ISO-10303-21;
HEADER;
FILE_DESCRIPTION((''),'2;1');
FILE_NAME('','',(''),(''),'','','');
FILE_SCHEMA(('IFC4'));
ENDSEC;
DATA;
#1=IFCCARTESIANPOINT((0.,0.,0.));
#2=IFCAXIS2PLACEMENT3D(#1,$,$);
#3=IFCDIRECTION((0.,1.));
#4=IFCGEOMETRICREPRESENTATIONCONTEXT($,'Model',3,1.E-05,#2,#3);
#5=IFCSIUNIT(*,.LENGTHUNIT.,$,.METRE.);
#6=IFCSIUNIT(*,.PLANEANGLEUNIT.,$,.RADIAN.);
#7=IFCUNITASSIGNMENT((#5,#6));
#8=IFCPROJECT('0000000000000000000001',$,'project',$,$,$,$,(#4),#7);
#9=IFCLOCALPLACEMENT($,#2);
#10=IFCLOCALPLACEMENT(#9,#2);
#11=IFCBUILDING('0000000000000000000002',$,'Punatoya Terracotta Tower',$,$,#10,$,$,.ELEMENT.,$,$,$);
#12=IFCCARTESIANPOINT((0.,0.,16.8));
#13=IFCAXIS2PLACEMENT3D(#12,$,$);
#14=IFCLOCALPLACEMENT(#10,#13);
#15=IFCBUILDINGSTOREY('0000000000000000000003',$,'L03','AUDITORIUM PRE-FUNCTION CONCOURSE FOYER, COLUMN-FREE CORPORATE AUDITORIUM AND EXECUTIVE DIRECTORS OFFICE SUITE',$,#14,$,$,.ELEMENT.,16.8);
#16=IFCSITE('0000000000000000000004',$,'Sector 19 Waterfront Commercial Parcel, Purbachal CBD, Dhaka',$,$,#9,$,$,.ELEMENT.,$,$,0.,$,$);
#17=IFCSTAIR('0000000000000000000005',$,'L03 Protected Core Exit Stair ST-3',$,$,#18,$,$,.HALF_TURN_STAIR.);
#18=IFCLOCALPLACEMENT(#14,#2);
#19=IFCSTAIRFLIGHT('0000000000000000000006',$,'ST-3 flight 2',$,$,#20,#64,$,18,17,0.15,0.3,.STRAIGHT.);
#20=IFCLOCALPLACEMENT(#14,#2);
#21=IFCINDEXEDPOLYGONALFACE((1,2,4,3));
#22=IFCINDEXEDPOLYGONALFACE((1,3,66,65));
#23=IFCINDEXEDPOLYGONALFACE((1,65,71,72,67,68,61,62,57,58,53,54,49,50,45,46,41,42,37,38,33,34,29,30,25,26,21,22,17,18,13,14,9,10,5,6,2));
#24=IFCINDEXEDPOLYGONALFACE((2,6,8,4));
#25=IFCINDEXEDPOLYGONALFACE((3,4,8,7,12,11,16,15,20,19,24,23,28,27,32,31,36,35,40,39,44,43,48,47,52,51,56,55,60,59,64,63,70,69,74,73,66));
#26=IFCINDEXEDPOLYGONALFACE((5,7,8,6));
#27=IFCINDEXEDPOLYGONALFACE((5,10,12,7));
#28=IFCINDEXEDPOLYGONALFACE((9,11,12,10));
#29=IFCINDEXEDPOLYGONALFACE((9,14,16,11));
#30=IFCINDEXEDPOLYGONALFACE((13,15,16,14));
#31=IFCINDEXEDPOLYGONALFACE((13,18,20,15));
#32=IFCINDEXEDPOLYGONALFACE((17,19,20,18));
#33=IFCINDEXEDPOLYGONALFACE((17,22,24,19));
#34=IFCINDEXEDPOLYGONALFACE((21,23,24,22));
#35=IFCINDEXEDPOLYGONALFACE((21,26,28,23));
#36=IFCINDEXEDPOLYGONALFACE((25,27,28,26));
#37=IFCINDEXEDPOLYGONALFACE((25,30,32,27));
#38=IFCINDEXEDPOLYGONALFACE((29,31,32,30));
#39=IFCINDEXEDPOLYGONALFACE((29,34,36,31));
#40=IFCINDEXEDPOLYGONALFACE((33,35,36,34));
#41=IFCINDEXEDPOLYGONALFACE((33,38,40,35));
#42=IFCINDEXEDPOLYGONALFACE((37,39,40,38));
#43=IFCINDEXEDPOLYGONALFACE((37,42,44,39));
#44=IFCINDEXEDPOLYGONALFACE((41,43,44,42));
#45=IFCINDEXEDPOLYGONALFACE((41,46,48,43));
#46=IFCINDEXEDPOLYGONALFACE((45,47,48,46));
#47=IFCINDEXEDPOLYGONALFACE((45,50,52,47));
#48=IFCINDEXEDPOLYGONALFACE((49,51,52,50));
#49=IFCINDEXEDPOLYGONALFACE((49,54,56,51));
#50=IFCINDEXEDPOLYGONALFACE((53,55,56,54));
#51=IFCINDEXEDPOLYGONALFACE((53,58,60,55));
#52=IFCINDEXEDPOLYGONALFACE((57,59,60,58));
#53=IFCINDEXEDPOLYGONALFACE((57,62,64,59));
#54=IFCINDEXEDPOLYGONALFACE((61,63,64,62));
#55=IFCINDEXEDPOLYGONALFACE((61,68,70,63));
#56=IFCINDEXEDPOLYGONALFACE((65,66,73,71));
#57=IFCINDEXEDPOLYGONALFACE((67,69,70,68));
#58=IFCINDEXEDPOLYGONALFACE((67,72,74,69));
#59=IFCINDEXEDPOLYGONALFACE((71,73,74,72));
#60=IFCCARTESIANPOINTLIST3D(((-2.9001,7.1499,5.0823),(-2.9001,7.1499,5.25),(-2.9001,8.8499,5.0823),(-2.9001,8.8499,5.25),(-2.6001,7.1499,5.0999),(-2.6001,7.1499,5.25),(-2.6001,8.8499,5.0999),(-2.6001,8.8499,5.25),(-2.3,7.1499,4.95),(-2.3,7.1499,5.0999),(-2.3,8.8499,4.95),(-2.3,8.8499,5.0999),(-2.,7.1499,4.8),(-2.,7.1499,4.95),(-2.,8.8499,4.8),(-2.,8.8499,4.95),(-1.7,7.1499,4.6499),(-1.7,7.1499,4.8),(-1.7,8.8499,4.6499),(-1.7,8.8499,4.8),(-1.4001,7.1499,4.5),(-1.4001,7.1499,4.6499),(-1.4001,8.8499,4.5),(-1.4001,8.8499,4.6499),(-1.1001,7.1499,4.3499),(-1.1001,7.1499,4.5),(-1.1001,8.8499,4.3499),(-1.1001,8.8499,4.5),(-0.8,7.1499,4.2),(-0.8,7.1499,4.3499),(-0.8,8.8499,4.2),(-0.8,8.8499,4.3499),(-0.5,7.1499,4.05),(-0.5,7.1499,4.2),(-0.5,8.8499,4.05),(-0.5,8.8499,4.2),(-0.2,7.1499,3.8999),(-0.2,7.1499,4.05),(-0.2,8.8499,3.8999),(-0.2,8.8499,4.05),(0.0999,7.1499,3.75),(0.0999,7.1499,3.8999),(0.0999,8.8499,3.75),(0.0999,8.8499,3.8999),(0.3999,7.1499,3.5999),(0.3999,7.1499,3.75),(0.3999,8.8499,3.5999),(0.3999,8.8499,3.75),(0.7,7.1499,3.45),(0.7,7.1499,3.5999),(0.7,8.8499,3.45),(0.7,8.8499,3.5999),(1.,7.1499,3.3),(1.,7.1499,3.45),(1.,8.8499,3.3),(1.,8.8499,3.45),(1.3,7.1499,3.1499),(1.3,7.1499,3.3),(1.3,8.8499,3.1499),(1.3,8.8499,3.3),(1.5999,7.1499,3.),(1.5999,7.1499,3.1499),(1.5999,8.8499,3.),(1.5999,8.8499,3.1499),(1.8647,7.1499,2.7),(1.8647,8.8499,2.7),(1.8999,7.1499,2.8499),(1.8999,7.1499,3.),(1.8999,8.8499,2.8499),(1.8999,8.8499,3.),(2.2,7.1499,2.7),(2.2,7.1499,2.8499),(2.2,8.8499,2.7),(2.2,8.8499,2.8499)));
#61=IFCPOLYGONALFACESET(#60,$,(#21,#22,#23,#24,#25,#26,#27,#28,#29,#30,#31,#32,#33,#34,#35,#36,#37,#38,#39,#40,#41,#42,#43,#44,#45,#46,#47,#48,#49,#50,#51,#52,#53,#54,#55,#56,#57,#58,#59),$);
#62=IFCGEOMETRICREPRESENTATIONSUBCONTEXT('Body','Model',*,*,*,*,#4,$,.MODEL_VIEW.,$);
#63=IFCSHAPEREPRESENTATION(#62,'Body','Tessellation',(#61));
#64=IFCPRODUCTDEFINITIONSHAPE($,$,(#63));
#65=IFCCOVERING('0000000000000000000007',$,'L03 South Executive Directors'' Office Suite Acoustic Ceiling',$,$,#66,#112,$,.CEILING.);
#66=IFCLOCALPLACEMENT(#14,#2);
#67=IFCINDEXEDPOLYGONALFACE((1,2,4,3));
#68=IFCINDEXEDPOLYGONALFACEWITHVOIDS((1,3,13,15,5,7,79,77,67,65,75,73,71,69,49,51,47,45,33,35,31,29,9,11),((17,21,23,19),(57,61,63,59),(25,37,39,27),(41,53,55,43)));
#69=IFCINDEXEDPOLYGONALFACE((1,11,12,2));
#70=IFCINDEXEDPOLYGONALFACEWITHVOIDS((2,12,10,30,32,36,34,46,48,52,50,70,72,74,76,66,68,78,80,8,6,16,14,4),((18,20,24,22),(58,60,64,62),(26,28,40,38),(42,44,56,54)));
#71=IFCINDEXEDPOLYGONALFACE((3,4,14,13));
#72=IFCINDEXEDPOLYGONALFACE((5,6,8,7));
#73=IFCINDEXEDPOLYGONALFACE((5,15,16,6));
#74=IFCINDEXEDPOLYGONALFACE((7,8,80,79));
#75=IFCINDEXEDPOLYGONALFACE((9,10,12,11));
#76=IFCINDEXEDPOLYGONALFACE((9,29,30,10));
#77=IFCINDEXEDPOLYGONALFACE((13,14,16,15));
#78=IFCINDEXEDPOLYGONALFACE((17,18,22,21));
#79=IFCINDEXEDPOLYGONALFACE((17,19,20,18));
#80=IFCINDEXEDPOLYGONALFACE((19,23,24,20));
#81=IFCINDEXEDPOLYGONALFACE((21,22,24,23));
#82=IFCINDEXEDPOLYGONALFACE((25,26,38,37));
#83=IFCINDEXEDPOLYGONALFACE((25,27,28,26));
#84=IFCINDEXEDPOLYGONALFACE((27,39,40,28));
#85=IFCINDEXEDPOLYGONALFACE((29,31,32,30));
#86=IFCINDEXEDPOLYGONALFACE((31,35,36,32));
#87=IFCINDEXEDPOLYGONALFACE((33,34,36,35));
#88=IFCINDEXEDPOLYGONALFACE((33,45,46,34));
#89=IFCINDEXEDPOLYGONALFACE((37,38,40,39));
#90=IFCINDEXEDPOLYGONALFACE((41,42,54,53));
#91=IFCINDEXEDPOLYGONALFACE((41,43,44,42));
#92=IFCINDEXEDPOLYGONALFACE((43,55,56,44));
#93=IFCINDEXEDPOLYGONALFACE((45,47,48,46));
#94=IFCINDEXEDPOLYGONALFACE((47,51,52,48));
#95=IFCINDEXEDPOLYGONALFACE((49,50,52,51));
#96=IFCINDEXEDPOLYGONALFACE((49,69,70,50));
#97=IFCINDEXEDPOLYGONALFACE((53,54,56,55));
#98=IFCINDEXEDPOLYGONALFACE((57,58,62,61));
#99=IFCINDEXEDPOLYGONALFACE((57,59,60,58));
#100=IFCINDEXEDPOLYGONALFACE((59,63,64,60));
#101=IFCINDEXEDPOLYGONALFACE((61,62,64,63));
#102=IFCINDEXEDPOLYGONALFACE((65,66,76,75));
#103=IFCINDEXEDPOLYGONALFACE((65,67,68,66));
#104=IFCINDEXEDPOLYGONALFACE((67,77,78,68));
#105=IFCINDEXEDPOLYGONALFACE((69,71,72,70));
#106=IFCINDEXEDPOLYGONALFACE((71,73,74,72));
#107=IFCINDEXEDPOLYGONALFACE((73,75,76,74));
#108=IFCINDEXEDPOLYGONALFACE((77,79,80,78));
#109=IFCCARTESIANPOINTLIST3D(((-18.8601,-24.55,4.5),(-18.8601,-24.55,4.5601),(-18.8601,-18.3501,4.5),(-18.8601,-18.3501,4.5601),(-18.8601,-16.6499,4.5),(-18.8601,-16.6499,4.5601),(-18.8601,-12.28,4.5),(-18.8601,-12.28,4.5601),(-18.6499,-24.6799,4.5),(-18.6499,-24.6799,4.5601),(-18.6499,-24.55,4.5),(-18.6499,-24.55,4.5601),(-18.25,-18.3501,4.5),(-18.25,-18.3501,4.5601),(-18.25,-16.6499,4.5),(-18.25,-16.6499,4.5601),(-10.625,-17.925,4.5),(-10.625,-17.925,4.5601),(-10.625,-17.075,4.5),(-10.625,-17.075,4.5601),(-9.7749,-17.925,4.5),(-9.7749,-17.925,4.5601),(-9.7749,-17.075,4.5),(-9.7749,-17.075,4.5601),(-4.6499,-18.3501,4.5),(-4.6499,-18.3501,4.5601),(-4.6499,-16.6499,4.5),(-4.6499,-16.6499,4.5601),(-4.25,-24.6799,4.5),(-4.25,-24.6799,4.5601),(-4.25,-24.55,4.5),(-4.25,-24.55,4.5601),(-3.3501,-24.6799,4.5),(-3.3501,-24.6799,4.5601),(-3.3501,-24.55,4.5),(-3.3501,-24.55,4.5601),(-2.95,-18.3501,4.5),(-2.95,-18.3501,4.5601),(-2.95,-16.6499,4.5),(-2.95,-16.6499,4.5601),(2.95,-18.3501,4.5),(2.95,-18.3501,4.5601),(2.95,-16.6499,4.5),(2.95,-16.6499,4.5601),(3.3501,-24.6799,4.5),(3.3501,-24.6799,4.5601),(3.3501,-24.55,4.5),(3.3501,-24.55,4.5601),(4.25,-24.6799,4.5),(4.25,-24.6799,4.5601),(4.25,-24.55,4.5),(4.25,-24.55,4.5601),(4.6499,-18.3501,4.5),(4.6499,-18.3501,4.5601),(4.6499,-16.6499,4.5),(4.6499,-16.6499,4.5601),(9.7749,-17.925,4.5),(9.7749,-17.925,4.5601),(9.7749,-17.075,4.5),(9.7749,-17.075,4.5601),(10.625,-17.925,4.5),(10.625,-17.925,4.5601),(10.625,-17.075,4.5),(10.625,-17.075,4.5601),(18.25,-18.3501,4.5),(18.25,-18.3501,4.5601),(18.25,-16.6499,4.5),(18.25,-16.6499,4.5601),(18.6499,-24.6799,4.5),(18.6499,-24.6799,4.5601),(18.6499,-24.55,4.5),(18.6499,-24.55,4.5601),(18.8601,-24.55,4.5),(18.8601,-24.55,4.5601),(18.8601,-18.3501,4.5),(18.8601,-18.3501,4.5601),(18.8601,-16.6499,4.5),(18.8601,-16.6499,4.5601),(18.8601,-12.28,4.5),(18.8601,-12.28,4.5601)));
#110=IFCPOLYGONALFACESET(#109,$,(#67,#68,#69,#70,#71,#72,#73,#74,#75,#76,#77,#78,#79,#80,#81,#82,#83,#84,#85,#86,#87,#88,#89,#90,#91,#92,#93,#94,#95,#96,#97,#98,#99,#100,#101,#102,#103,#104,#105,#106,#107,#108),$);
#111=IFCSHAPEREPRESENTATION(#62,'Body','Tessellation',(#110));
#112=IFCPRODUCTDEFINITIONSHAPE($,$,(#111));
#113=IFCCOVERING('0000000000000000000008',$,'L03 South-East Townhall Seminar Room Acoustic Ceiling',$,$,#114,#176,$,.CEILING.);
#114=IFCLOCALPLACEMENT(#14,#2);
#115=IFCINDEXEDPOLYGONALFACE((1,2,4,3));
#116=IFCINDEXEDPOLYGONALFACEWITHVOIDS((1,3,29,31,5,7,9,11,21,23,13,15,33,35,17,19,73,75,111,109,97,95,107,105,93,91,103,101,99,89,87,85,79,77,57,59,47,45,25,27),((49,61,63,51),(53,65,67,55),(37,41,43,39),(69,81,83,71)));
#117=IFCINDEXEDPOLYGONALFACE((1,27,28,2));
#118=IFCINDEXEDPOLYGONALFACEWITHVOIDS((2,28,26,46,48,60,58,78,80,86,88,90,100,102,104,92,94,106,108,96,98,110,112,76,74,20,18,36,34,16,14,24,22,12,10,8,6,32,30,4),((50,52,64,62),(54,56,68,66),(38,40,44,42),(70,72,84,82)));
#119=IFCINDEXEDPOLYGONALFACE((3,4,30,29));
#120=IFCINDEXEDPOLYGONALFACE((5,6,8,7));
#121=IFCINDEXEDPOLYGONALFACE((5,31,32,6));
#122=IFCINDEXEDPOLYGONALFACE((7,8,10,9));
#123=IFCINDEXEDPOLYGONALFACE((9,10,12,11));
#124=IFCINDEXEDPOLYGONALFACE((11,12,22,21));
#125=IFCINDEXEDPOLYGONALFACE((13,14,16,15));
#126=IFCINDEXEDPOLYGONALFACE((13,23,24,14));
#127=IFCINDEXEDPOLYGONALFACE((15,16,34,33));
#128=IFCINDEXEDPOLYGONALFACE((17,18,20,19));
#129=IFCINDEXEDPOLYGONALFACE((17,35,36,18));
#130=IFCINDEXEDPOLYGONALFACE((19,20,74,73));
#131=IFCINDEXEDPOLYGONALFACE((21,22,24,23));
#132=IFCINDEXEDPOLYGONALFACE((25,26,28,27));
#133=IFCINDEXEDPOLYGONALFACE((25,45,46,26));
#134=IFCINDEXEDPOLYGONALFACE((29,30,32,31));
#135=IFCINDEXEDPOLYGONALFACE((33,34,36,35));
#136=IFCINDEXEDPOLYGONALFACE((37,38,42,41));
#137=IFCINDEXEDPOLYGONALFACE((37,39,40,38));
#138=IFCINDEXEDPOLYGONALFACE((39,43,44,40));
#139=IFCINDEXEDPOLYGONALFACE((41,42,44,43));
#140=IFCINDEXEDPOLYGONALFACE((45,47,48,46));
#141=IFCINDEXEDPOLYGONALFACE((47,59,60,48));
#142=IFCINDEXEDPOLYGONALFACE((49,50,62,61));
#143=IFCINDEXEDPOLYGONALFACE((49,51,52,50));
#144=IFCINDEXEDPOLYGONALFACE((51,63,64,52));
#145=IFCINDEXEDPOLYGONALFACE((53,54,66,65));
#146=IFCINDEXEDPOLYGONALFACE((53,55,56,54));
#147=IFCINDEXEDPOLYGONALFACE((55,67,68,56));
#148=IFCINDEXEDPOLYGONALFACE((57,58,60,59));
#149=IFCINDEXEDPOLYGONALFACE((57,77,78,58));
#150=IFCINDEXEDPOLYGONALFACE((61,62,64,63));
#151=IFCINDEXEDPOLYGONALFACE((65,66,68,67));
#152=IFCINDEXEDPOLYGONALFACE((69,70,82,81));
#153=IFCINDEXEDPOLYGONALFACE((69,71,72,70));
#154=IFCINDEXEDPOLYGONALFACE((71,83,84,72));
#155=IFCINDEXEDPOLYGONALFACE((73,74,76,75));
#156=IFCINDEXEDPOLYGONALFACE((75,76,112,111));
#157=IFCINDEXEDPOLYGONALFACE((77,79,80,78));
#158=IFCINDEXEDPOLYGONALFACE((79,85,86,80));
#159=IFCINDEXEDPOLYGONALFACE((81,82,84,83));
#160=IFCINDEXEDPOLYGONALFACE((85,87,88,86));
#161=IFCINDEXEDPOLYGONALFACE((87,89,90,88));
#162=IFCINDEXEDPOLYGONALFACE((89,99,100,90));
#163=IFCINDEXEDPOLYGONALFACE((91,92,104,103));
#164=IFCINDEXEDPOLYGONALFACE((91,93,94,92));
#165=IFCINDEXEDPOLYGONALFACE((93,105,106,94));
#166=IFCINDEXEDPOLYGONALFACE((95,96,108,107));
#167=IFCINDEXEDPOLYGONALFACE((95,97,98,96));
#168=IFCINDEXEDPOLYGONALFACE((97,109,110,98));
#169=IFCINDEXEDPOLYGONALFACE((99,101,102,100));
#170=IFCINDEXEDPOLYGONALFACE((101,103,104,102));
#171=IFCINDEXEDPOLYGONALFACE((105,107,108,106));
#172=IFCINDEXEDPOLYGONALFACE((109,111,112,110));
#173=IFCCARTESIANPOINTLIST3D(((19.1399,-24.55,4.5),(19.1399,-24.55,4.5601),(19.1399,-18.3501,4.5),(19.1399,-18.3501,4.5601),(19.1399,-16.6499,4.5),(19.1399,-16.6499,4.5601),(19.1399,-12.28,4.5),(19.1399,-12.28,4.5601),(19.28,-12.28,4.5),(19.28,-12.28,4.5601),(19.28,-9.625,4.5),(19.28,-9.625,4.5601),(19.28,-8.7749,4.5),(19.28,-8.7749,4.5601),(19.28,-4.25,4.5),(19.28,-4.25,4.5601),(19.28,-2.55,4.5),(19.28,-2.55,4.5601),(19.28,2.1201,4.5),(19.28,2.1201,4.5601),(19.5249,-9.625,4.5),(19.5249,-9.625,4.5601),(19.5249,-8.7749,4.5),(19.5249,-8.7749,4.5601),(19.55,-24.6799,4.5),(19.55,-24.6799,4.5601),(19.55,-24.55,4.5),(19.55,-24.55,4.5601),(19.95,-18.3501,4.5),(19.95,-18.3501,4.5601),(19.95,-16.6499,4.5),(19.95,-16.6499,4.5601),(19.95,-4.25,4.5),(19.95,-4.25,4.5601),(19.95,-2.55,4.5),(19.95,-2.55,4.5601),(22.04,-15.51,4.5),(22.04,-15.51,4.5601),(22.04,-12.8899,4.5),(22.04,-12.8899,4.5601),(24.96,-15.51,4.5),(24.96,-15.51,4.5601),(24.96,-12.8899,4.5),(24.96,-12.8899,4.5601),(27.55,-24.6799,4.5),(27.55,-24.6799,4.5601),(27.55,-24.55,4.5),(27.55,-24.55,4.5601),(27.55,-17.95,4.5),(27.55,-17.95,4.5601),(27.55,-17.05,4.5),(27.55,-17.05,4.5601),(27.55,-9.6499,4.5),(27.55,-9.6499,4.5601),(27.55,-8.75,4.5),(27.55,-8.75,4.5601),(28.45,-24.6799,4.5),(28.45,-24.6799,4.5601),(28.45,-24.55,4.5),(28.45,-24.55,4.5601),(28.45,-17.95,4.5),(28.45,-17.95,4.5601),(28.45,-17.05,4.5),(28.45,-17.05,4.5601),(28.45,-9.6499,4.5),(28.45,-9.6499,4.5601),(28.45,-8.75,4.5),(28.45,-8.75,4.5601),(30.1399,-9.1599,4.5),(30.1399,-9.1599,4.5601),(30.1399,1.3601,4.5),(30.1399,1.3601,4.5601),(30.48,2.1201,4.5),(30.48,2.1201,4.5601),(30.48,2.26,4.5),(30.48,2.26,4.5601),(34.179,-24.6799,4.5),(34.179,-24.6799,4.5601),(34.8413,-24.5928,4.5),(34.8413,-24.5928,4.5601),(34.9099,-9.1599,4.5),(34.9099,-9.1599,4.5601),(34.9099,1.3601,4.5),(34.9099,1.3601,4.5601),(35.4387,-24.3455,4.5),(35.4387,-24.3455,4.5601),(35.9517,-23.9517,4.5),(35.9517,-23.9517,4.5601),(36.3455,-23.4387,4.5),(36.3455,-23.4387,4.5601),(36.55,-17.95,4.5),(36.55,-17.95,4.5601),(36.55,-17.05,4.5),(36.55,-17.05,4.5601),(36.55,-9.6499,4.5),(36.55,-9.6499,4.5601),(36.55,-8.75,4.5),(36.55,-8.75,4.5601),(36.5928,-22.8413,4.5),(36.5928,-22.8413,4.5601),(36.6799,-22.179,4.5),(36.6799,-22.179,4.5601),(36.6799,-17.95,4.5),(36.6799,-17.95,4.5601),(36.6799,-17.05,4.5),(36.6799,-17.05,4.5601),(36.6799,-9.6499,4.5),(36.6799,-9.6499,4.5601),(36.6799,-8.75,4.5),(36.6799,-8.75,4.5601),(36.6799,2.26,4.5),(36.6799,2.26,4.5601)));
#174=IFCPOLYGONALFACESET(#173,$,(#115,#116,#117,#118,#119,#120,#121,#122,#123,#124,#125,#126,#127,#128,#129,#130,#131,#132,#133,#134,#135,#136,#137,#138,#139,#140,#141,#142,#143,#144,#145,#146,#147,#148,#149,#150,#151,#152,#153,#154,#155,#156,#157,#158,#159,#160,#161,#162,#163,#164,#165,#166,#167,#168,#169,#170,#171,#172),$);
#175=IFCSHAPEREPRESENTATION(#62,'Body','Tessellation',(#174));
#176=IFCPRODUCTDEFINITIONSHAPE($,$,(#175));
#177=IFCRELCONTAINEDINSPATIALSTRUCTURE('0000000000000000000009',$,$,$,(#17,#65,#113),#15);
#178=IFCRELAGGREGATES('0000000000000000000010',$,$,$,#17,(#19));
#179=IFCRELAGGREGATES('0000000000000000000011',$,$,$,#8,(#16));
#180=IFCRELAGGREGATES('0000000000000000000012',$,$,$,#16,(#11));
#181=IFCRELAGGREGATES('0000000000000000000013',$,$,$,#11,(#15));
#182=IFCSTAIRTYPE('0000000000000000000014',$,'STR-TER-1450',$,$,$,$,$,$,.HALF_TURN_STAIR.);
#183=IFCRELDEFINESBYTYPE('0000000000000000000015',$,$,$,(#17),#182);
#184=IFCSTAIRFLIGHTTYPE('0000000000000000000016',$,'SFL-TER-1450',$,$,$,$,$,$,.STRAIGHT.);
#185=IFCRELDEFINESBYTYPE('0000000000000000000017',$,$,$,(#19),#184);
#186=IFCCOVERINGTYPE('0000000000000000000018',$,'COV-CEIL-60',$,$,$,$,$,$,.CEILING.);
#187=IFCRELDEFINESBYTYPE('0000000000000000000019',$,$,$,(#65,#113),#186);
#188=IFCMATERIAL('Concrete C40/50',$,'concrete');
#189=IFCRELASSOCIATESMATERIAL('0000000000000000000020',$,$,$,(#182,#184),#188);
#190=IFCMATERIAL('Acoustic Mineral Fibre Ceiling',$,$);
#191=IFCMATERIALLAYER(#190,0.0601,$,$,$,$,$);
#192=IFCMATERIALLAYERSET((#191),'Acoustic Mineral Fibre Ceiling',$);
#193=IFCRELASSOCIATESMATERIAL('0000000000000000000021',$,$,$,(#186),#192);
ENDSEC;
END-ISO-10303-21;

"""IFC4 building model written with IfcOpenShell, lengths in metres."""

from ifc_helpers import new_model, si_unit, direction, frame, origin, place, context, subcontext, project, spatial, polyline, outline, extrude, material, layer, layer_set, type_object, element, aggregate, save


model = new_model("IFC4")

# Units and contexts
model_context = context("Model", 3, precision=1e-05, world=origin(), true_north=direction((0.0, 1.0)))
body_context = subcontext(model_context, "Body", "Model", "MODEL_VIEW")
ifc_project = project(units=[si_unit("LENGTHUNIT", "METRE"), si_unit("PLANEANGLEUNIT", "RADIAN")], contexts=[model_context])

# Site, building, storey
site_placement = place(None, origin())
site = spatial("IfcSite", under=ifc_project, at=site_placement, Name="Sector 19 Waterfront Commercial Parcel, Purbachal CBD, Dhaka", CompositionType="ELEMENT", RefElevation=0.0)
building_placement = place(site_placement, origin())
building = spatial("IfcBuilding", under=site, at=building_placement, Name="Punatoya Terracotta Tower", CompositionType="ELEMENT")
storey_placement = place(building_placement, frame((0.0, 0.0, 16.8)))
storey = spatial("IfcBuildingStorey", under=building, at=storey_placement, Name="L03", Description="AUDITORIUM PRE-FUNCTION CONCOURSE FOYER, COLUMN-FREE CORPORATE AUDITORIUM AND EXECUTIVE DIRECTORS OFFICE SUITE", CompositionType="ELEMENT", Elevation=16.8)

# Shared definitions
ifc_material_1 = material(Name="Concrete C40/50", Category="concrete")

# Stair, stair flight
stair_type_1 = type_object("IfcStairType", Name="STR-TER-1450", PredefinedType="HALF_TURN_STAIR", material=ifc_material_1)
stair_1_placement = place(storey_placement, origin())
stair_1 = element("IfcStair", 1, at=stair_1_placement, inside=storey, type_object=stair_type_1, Name="L03 Protected Core Exit Stair ST-3", PredefinedType="HALF_TURN_STAIR")
stair_flight_type_1 = type_object("IfcStairFlightType", Name="SFL-TER-1450", PredefinedType="STRAIGHT", material=ifc_material_1)
stair_flight_1_placement = place(storey_placement, frame((2.2, 8.0, 2.7), z_axis=(0.0, 0.0, 1.0), x_axis=(-1.0, 0.0, 0.0)))
stair_flight_1 = element("IfcStairFlight", 2, at=stair_flight_1_placement, type_object=stair_flight_type_1, Name="ST-3 flight 2", NumberOfRisers=18, NumberOfTreads=17, PredefinedType="STRAIGHT", RiserHeight=0.15, TreadLength=0.3, context=body_context, shape_type="SweptSolid", body=[
    extrude(outline(polyline([(0.0, 0.0), (0.0, 0.1499), (0.3, 0.1499), (0.3, 0.3), (0.6001, 0.3), (0.6001, 0.45), (0.8999, 0.45), (0.8999, 0.6001), (1.2, 0.6001), (1.2, 0.75), (1.5, 0.75), (1.5, 0.8999), (1.8, 0.8999), (1.8, 1.05), (2.1001, 1.05), (2.1001, 1.2), (2.3999, 1.2), (2.3999, 1.3501), (2.7, 1.3501), (2.7, 1.5), (3.0, 1.5), (3.0, 1.6499), (3.3, 1.6499), (3.3, 1.8), (3.6001, 1.8), (3.6001, 1.95), (3.8999, 1.95), (3.8999, 2.1001), (4.2, 2.1001), (4.2, 2.25), (4.5, 2.25), (4.5, 2.3999), (4.8, 2.3999), (4.8, 2.55), (5.1001, 2.55), (5.1001, 2.7), (5.1001, 2.3823), (0.3352, 0.0), (0.0, 0.0)])), frame((0.0, 0.8501, 0.0), z_axis=(0.0, -1.0, 0.0), x_axis=(1.0, 0.0, 0.0)), (0.0, 0.0, 1.0), 1.7),
])
aggregate(stair_1, [stair_flight_1])

# Coverings
ifc_material_2 = material(Name="Acoustic Mineral Fibre Ceiling")
ifc_layer_1 = layer(ifc_material_2, 0.0601)
ifc_layer_set_1 = layer_set([ifc_layer_1], Name="Acoustic Mineral Fibre Ceiling")
covering_type = type_object("IfcCoveringType", Name="COV-CEIL-60", PredefinedType="CEILING", material=ifc_layer_set_1)
covering_1_placement = place(storey_placement, frame((0.0, 0.0, 4.5)))
element("IfcCovering", 3, at=covering_1_placement, inside=storey, type_object=covering_type, Name="L03 South Executive Directors' Office Suite Acoustic Ceiling", PredefinedType="CEILING", context=body_context, shape_type="SweptSolid", body=[
    extrude(outline(polyline([(4.25, -24.6799), (18.6499, -24.6799), (18.6499, -24.55), (18.8601, -24.55), (18.8601, -18.3501), (18.25, -18.3501), (18.25, -16.6499), (18.8601, -16.6499), (18.8601, -12.28), (-18.8601, -12.28), (-18.8601, -16.6499), (-18.25, -16.6499), (-18.25, -18.3501), (-18.8601, -18.3501), (-18.8601, -24.55), (-18.6499, -24.55), (-18.6499, -24.6799), (-4.25, -24.6799), (-4.25, -24.55), (-3.3501, -24.55), (-3.3501, -24.6799), (3.3501, -24.6799), (3.3501, -24.55), (4.25, -24.55), (4.25, -24.6799)]), holes=[polyline([(9.7749, -17.075), (10.625, -17.075), (10.625, -17.925), (9.7749, -17.925), (9.7749, -17.075)]), polyline([(2.95, -18.3501), (2.95, -16.6499), (4.6499, -16.6499), (4.6499, -18.3501), (2.95, -18.3501)]), polyline([(-2.95, -18.3501), (-4.6499, -18.3501), (-4.6499, -16.6499), (-2.95, -16.6499), (-2.95, -18.3501)]), polyline([(-10.625, -17.925), (-10.625, -17.075), (-9.7749, -17.075), (-9.7749, -17.925), (-10.625, -17.925)])]), origin(), (0.0, 0.0, 1.0), 0.0601),
])
covering_2_placement = place(storey_placement, frame((0.0, 0.0, 4.5)))
element("IfcCovering", 4, at=covering_2_placement, inside=storey, type_object=covering_type, Name="L03 South-East Townhall Seminar Room Acoustic Ceiling", PredefinedType="CEILING", context=body_context, shape_type="SweptSolid", body=[
    extrude(outline(polyline([(36.6799, -8.75), (36.6799, 2.26), (30.48, 2.26), (30.48, 2.1201), (19.28, 2.1201), (19.28, -2.55), (19.95, -2.55), (19.95, -4.25), (19.28, -4.25), (19.28, -8.7749), (19.5249, -8.7749), (19.5249, -9.625), (19.28, -9.625), (19.28, -12.28), (19.1399, -12.28), (19.1399, -16.6499), (19.95, -16.6499), (19.95, -18.3501), (19.1399, -18.3501), (19.1399, -24.55), (19.55, -24.55), (19.55, -24.6799), (27.55, -24.6799), (27.55, -24.55), (28.45, -24.55), (28.45, -24.6799), (34.179, -24.6799), (34.8413, -24.5928), (35.4387, -24.3455), (35.9517, -23.9517), (36.3455, -23.4387), (36.5928, -22.8413), (36.6799, -22.179), (36.6799, -17.95), (36.55, -17.95), (36.55, -17.05), (36.6799, -17.05), (36.6799, -9.6499), (36.55, -9.6499), (36.55, -8.75), (36.6799, -8.75)]), holes=[polyline([(34.9099, 1.3601), (34.9099, -9.1599), (30.1399, -9.1599), (30.1399, 1.3601), (34.9099, 1.3601)]), polyline([(27.55, -17.95), (27.55, -17.05), (28.45, -17.05), (28.45, -17.95), (27.55, -17.95)]), polyline([(28.45, -8.75), (28.45, -9.6499), (27.55, -9.6499), (27.55, -8.75), (28.45, -8.75)]), polyline([(22.04, -12.8899), (24.96, -12.8899), (24.96, -15.51), (22.04, -15.51), (22.04, -12.8899)])]), origin(), (0.0, 0.0, 1.0), 0.0601),
])

save(model, "model.ifc")
